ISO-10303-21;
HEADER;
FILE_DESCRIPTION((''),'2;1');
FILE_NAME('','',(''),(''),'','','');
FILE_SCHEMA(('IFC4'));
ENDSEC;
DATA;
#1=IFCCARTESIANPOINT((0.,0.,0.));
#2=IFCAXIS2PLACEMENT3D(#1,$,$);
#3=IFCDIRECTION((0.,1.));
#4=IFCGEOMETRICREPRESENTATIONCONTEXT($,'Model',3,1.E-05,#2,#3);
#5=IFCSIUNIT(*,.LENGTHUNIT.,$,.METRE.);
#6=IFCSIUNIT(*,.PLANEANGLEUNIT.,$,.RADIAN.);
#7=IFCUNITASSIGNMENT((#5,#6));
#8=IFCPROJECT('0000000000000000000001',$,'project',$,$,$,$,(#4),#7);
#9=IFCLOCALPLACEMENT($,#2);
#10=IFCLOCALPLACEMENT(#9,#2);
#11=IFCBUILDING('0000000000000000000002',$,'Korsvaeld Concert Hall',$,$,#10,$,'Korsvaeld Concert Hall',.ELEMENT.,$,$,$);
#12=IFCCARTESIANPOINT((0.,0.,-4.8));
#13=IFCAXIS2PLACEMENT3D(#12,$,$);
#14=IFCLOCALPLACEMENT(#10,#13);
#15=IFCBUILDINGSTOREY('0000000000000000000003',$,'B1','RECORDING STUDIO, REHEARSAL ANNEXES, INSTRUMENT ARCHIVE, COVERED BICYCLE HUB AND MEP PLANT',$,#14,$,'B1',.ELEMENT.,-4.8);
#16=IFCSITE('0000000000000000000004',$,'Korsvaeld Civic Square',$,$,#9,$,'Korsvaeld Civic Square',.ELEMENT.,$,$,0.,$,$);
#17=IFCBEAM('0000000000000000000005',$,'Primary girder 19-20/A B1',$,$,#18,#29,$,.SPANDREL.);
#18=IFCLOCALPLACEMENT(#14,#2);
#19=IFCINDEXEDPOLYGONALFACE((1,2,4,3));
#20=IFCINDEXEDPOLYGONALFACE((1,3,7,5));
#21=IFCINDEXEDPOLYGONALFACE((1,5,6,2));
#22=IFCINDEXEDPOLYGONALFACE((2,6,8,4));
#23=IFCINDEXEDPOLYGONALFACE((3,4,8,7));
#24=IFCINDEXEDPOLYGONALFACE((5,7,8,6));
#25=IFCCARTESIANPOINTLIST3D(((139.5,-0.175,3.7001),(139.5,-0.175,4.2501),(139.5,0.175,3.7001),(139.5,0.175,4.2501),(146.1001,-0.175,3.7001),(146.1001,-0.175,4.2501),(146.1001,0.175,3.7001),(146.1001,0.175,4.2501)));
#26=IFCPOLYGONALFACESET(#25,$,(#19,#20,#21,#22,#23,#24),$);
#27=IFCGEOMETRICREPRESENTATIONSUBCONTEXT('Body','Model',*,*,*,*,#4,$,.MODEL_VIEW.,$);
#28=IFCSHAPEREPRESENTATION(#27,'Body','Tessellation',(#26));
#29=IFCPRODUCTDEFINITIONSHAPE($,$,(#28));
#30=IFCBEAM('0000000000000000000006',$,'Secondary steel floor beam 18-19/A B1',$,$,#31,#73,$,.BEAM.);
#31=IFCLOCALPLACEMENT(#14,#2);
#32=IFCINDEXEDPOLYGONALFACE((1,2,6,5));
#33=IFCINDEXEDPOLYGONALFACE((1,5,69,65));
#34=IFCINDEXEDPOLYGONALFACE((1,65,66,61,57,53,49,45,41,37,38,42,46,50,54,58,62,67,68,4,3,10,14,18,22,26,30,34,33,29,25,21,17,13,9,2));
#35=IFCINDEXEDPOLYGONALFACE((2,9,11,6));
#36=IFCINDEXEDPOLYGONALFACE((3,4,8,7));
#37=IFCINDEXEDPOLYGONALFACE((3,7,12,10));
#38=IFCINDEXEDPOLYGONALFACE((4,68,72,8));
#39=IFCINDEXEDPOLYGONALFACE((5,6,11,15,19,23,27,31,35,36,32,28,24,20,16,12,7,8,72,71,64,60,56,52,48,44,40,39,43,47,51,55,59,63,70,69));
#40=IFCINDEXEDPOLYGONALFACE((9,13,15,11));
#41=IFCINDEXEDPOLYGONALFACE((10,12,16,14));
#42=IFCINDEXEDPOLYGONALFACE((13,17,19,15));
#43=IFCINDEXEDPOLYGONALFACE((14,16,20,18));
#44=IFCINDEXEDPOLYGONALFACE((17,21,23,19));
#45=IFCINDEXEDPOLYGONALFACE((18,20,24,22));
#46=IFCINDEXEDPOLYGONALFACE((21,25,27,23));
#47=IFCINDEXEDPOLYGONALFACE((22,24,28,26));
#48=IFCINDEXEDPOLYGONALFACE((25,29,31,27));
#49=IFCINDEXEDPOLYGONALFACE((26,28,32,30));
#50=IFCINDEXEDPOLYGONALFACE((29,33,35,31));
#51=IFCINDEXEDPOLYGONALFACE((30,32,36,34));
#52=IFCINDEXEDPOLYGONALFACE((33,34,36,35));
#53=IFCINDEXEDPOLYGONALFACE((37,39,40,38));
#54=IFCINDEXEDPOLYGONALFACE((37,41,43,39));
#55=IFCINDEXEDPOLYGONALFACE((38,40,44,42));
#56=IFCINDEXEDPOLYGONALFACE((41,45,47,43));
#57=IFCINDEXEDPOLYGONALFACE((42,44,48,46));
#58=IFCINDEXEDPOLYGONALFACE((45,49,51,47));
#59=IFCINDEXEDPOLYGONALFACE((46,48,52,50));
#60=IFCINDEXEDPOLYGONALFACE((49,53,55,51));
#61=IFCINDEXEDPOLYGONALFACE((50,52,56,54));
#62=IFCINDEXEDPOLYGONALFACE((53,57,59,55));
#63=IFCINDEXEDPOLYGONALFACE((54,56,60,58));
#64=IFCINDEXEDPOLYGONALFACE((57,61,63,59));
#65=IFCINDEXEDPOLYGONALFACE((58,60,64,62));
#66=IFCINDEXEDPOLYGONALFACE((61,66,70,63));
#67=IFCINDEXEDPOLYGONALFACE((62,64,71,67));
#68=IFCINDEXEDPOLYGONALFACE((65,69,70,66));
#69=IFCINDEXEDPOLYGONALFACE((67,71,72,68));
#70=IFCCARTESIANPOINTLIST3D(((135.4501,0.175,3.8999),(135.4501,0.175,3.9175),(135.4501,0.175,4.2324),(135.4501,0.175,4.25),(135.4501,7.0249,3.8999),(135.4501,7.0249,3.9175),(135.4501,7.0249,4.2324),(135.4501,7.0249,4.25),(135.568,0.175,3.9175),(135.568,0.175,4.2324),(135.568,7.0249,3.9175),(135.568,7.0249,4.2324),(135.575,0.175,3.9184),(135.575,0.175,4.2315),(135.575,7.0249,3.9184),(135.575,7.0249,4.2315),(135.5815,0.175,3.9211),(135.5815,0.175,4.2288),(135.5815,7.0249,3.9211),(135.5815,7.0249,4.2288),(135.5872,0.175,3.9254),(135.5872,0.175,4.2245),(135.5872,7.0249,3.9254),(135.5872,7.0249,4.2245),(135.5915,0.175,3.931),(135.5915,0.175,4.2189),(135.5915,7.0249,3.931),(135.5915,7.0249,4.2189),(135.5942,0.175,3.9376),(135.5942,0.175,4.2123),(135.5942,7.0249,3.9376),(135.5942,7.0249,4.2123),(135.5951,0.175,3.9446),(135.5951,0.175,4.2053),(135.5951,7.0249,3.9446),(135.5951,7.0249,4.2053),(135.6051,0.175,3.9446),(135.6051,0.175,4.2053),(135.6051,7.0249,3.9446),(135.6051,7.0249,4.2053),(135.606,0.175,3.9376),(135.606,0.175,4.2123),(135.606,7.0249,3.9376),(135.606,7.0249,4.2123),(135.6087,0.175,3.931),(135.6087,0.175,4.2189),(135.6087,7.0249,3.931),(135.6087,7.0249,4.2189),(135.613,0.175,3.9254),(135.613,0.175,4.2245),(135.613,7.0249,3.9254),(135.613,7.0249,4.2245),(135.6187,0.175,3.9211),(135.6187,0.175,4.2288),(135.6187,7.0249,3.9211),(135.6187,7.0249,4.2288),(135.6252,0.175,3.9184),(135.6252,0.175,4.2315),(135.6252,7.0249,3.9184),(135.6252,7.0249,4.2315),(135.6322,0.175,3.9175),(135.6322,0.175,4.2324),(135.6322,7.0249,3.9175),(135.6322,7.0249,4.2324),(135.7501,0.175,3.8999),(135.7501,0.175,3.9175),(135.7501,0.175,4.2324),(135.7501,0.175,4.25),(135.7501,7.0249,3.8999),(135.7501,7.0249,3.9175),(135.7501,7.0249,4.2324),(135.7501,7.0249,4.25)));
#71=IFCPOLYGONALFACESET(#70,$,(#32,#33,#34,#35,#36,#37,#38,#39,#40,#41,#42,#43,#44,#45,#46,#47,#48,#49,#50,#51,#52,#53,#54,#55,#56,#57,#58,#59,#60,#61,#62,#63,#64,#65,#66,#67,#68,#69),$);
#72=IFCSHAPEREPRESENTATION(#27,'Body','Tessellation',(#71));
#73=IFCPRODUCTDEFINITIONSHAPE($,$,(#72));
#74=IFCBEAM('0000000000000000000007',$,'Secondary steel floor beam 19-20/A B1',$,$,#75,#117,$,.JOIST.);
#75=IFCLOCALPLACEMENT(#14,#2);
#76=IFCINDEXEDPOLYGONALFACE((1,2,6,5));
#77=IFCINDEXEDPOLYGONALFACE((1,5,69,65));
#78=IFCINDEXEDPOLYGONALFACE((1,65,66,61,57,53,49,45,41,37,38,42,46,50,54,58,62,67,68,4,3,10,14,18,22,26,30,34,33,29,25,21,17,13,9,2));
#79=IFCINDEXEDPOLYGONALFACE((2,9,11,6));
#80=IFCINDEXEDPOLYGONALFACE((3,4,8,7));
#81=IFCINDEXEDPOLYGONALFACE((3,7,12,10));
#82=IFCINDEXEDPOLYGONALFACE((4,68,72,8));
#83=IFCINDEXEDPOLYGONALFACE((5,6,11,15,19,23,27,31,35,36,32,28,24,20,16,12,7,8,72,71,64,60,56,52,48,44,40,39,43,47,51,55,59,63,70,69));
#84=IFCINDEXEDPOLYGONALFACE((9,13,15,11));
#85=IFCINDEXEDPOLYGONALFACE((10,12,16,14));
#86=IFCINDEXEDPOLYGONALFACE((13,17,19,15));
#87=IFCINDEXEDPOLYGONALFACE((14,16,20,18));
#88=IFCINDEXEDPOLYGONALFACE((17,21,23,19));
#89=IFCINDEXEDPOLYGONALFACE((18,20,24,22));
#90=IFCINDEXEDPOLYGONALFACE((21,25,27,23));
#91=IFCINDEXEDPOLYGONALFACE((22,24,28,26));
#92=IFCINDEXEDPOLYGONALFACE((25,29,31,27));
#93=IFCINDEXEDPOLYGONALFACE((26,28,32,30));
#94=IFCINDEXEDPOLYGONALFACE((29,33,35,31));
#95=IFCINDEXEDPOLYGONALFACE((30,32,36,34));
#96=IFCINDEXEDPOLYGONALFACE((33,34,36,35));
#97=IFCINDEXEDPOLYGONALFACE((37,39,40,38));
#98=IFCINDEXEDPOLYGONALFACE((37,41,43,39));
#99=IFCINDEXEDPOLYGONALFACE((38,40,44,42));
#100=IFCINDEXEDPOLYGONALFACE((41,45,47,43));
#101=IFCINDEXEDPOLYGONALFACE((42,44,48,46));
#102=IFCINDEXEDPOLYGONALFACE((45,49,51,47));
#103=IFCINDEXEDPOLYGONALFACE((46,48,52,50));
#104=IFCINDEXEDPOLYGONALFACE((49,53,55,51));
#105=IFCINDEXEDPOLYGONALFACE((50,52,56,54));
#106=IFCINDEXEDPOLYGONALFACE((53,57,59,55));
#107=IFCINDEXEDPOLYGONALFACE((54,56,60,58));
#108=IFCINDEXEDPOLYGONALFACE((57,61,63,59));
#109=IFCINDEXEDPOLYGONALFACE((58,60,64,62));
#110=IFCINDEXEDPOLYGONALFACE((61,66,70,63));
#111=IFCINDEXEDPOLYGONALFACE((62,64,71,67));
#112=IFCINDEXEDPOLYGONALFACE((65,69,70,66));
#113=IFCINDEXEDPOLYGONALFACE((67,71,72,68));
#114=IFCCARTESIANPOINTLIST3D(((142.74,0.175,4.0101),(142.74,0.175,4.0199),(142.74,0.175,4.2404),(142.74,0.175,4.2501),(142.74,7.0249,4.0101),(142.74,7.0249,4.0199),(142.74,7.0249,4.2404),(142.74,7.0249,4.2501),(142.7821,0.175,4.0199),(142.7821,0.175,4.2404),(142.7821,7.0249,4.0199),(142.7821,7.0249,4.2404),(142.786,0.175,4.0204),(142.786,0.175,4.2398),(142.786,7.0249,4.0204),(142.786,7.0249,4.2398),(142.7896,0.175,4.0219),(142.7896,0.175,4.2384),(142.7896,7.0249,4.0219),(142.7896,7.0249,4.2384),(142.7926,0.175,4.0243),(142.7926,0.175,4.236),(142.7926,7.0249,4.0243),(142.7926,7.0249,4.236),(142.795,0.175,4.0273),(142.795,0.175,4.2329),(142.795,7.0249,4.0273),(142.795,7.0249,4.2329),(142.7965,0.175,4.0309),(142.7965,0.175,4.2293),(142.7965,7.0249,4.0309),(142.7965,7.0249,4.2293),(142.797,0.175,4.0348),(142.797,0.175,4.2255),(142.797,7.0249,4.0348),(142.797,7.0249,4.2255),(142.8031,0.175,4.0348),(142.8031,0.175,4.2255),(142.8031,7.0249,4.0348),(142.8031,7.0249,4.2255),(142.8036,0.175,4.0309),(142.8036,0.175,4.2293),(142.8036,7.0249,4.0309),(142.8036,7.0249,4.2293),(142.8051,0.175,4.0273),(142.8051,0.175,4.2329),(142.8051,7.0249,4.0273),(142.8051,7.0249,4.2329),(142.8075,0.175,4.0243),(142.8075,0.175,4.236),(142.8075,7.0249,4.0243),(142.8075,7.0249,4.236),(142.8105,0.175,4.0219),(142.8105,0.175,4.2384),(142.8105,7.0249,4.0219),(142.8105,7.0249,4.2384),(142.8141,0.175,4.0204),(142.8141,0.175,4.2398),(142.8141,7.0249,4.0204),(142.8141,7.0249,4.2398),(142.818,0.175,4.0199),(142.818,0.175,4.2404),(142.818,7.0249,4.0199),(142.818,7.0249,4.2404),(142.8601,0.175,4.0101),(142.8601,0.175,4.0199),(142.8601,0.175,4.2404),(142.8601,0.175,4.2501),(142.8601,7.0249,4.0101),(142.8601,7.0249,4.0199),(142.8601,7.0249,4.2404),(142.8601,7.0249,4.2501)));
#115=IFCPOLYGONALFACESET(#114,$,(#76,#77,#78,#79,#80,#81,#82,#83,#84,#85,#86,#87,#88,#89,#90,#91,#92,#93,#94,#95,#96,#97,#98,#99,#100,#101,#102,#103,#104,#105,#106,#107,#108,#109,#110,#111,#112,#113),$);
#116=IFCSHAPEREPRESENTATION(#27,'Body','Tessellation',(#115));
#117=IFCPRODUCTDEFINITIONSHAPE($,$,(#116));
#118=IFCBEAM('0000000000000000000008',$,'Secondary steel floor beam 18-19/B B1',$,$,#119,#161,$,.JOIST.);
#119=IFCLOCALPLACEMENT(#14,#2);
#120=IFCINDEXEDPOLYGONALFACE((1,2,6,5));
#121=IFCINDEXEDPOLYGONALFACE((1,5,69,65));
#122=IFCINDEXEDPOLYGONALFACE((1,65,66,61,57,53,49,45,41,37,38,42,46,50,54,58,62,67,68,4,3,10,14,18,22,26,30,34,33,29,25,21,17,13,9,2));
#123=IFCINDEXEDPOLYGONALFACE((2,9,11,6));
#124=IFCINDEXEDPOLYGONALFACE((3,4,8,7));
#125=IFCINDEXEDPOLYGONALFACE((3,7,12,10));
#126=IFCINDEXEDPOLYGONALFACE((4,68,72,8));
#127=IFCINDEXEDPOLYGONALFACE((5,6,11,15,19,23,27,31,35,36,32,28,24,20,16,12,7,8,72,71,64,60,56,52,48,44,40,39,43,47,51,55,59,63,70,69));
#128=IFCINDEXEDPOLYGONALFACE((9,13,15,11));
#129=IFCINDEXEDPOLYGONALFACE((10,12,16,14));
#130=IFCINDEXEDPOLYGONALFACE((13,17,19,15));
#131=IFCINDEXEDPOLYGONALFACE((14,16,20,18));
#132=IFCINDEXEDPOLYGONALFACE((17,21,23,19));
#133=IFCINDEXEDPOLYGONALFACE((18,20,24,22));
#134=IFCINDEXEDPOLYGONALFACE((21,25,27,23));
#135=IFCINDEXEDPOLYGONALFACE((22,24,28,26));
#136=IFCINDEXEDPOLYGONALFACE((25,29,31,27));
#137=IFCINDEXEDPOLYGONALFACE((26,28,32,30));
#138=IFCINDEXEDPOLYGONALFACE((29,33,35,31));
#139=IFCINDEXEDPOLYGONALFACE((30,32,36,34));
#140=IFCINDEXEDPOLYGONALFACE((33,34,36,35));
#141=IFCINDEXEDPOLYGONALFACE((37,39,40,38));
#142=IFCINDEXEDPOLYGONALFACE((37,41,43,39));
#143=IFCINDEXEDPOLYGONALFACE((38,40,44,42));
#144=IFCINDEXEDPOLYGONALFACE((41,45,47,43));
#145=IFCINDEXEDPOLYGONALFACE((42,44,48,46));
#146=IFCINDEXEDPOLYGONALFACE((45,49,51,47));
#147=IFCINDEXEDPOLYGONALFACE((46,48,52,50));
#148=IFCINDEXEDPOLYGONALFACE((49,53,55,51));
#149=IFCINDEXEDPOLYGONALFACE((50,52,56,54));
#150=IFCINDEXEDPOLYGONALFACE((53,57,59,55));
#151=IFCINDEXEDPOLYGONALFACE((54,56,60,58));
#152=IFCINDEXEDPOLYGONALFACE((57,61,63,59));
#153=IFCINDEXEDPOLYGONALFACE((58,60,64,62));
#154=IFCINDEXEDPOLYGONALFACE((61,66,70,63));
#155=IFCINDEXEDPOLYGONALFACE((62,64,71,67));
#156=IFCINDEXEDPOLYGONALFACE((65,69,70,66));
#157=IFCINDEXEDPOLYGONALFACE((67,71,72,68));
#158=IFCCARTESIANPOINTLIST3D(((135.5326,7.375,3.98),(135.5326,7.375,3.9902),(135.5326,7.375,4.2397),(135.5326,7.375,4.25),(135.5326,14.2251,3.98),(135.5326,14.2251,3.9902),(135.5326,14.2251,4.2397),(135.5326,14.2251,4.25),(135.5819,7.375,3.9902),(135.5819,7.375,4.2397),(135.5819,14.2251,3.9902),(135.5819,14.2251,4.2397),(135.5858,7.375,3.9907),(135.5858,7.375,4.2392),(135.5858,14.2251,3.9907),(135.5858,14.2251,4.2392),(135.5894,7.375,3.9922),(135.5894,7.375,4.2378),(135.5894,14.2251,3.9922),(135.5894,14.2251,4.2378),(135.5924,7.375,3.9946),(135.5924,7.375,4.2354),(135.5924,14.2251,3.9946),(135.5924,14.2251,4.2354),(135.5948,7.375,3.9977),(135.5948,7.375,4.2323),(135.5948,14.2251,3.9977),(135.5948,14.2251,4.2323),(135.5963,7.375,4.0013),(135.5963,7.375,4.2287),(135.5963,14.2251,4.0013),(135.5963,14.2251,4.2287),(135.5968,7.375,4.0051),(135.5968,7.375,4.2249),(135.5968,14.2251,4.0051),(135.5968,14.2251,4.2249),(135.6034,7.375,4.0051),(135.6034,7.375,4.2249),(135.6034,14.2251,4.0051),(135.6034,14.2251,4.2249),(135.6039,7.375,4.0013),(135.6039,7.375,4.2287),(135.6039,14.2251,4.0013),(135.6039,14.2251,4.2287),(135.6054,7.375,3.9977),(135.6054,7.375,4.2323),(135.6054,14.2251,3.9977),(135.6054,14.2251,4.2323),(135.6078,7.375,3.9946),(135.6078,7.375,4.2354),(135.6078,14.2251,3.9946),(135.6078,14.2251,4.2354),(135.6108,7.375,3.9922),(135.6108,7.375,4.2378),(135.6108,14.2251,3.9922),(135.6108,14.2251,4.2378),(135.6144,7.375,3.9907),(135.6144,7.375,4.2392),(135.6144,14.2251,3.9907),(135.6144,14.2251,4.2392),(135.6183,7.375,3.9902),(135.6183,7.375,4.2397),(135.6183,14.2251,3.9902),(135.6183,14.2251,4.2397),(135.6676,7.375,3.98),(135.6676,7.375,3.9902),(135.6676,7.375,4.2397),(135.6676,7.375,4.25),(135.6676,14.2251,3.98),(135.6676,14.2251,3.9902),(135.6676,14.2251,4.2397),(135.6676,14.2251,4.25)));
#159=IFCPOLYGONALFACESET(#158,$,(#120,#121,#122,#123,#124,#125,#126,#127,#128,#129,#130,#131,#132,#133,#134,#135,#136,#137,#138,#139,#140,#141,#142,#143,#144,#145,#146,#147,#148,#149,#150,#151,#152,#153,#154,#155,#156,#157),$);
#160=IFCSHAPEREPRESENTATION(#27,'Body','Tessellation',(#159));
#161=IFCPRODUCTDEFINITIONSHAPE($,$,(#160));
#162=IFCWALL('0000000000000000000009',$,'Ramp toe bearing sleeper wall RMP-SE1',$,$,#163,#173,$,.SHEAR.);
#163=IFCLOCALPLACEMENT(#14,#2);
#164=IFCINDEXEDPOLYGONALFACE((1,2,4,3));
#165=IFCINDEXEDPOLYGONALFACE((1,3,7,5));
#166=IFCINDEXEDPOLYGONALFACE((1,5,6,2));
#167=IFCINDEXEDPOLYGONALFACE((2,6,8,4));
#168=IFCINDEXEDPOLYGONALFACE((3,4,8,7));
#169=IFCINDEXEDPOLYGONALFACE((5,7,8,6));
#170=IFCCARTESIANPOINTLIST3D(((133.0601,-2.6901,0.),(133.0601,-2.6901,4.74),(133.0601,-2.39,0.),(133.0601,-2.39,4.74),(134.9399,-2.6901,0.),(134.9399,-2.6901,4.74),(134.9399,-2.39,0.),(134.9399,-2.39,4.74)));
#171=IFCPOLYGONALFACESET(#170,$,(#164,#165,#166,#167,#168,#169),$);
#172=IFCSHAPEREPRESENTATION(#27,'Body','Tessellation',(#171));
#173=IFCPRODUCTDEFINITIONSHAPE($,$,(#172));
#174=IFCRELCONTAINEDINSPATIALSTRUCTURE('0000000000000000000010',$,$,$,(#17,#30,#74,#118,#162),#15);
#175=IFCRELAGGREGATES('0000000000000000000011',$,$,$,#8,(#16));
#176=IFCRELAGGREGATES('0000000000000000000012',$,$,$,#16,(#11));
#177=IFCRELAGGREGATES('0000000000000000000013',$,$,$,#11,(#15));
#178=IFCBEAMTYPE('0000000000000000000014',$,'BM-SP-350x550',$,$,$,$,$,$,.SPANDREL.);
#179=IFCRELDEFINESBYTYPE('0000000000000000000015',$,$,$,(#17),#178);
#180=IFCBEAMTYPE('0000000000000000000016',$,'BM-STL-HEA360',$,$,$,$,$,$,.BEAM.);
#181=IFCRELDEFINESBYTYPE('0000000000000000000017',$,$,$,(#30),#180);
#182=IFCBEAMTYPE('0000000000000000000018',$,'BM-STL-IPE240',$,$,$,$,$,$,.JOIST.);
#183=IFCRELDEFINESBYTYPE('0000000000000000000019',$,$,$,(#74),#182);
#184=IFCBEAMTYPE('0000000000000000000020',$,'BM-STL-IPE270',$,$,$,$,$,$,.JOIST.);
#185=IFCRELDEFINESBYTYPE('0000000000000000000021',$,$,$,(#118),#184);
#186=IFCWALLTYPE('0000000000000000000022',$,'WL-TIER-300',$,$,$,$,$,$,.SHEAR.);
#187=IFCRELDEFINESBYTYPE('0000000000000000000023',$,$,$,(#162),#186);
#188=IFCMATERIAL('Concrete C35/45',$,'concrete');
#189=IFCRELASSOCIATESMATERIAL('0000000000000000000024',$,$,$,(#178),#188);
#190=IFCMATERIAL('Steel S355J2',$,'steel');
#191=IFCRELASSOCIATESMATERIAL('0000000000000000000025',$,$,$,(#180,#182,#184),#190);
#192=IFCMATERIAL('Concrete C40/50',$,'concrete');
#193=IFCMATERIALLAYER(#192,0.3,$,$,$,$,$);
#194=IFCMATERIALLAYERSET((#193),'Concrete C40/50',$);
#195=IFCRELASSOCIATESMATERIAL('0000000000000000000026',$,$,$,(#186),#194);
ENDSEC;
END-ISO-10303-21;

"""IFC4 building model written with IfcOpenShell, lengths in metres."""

from ifc_helpers import new_model, si_unit, direction, frame, frame_2d, origin, origin_2d, place, context, subcontext, project, spatial, rectangle, i_section, extrude, material, layer, layer_set, material_profile, profile_set, type_object, element, save


model = new_model("IFC4")

# Units and contexts
model_context = context("Model", 3, precision=1e-05, world=origin(), true_north=direction((0.0, 1.0)))
body_context = subcontext(model_context, "Body", "Model", "MODEL_VIEW")
ifc_project = project(units=[si_unit("LENGTHUNIT", "METRE"), si_unit("PLANEANGLEUNIT", "RADIAN")], contexts=[model_context])

# Site, building, storey
site_placement = place(None, origin())
site = spatial("IfcSite", under=ifc_project, at=site_placement, Name="Korsvaeld Civic Square", LongName="Korsvaeld Civic Square", CompositionType="ELEMENT", RefElevation=0.0)
building_placement = place(site_placement, origin())
building = spatial("IfcBuilding", under=site, at=building_placement, Name="Korsvaeld Concert Hall", LongName="Korsvaeld Concert Hall", CompositionType="ELEMENT")
storey_placement = place(building_placement, frame((0.0, 0.0, -4.8)))
storey = spatial("IfcBuildingStorey", under=building, at=storey_placement, Name="B1", Description="RECORDING STUDIO, REHEARSAL ANNEXES, INSTRUMENT ARCHIVE, COVERED BICYCLE HUB AND MEP PLANT", LongName="B1", CompositionType="ELEMENT", Elevation=-4.8)

# Shared definitions
ifc_material_1 = material(Name="Concrete C35/45", Category="concrete")

# Shared definitions
ifc_material_2 = material(Name="Concrete C40/50", Category="concrete")

# Beams
ifc_material_profile_1 = material_profile(ifc_material_1, rectangle(XDim=0.3501, YDim=0.55, at=origin_2d()), Name="RC 350x550")
ifc_profile_set_1 = profile_set([ifc_material_profile_1], Name="Concrete C35/45")
beam_type_1 = type_object("IfcBeamType", Name="BM-SP-350x550", PredefinedType="SPANDREL", material=ifc_profile_set_1)
beam_1_placement = place(storey_placement, frame((139.5, 0.0, 3.9751), z_axis=(1.0, 0.0, 0.0), x_axis=(0.0, 1.0, 0.0)))
element("IfcBeam", 1, at=beam_1_placement, inside=storey, type_object=beam_type_1, Name="Primary girder 19-20/A B1", PredefinedType="SPANDREL", context=body_context, shape_type="SweptSolid", body=[
    extrude(rectangle(XDim=0.3501, YDim=0.55, at=origin_2d()), origin(), (0.0, 0.0, 1.0), 6.6001),
])
ifc_material_3 = material(Name="Steel S355J2", Category="steel")
ifc_material_profile_2 = material_profile(ifc_material_3, i_section(OverallWidth=0.3, OverallDepth=0.3501, WebThickness=0.01, FlangeThickness=0.0176, FilletRadius=0.0271, at=origin_2d()), Name="HEA 360")
ifc_profile_set_2 = profile_set([ifc_material_profile_2], Name="Steel S355J2")
beam_type_2 = type_object("IfcBeamType", Name="BM-STL-HEA360", PredefinedType="BEAM", material=ifc_profile_set_2)
beam_2_placement = place(storey_placement, frame((135.6001, 0.175, 4.075), z_axis=(0.0, 1.0, 0.0), x_axis=(-1.0, 0.0, 0.0)))
element("IfcBeam", 2, at=beam_2_placement, inside=storey, type_object=beam_type_2, Name="Secondary steel floor beam 18-19/A B1", PredefinedType="BEAM", context=body_context, shape_type="SweptSolid", body=[
    extrude(i_section(OverallWidth=0.3, OverallDepth=0.3501, WebThickness=0.01, FlangeThickness=0.0176, FilletRadius=0.0271, at=origin_2d()), origin(), (0.0, 0.0, 1.0), 6.8499),
])
ifc_material_profile_3 = material_profile(ifc_material_3, i_section(OverallWidth=0.1201, OverallDepth=0.24, WebThickness=0.0061, FlangeThickness=0.0098, FilletRadius=0.0149, at=origin_2d()), Name="IPE 240")
ifc_profile_set_3 = profile_set([ifc_material_profile_3], Name="Steel S355J2")
beam_type_3 = type_object("IfcBeamType", Name="BM-STL-IPE240", PredefinedType="JOIST", material=ifc_profile_set_3)
beam_3_placement = place(storey_placement, frame((142.8, 0.175, 4.1301), z_axis=(0.0, 1.0, 0.0), x_axis=(-1.0, 0.0, 0.0)))
element("IfcBeam", 3, at=beam_3_placement, inside=storey, type_object=beam_type_3, Name="Secondary steel floor beam 19-20/A B1", PredefinedType="JOIST", context=body_context, shape_type="SweptSolid", body=[
    extrude(i_section(OverallWidth=0.1201, OverallDepth=0.24, WebThickness=0.0061, FlangeThickness=0.0098, FilletRadius=0.0149, at=origin_2d()), origin(), (0.0, 0.0, 1.0), 6.8499),
])
ifc_material_profile_4 = material_profile(ifc_material_3, i_section(OverallWidth=0.135, OverallDepth=0.27, WebThickness=0.0066, FlangeThickness=0.0103, FilletRadius=0.0149, at=origin_2d()), Name="IPE 270")
ifc_profile_set_4 = profile_set([ifc_material_profile_4], Name="Steel S355J2")
beam_type_4 = type_object("IfcBeamType", Name="BM-STL-IPE270", PredefinedType="JOIST", material=ifc_profile_set_4)
beam_4_placement = place(storey_placement, frame((135.6001, 7.375, 4.115), z_axis=(0.0, 1.0, 0.0), x_axis=(-1.0, 0.0, 0.0)))
element("IfcBeam", 4, at=beam_4_placement, inside=storey, type_object=beam_type_4, Name="Secondary steel floor beam 18-19/B B1", PredefinedType="JOIST", context=body_context, shape_type="SweptSolid", body=[
    extrude(i_section(OverallWidth=0.135, OverallDepth=0.27, WebThickness=0.0066, FlangeThickness=0.0103, FilletRadius=0.0149, at=origin_2d()), origin(), (0.0, 0.0, 1.0), 6.8501),
])

# Wall
ifc_layer = layer(ifc_material_2, 0.3)
ifc_layer_set = layer_set([ifc_layer], Name="Concrete C40/50")
wall_type = type_object("IfcWallType", Name="WL-TIER-300", PredefinedType="SHEAR", material=ifc_layer_set)
wall_placement = place(storey_placement, frame((133.0601, -2.54, 0.0), z_axis=(0.0, 0.0, 1.0), x_axis=(1.0, 0.0, 0.0)))
element("IfcWall", 5, at=wall_placement, inside=storey, type_object=wall_type, Name="Ramp toe bearing sleeper wall RMP-SE1", PredefinedType="SHEAR", context=body_context, shape_type="SweptSolid", body=[
    extrude(rectangle(XDim=1.8799, YDim=0.3, at=frame_2d((0.9399, 0.0))), origin(), (0.0, 0.0, 1.0), 4.74),
])

save(model, "model.ifc")
